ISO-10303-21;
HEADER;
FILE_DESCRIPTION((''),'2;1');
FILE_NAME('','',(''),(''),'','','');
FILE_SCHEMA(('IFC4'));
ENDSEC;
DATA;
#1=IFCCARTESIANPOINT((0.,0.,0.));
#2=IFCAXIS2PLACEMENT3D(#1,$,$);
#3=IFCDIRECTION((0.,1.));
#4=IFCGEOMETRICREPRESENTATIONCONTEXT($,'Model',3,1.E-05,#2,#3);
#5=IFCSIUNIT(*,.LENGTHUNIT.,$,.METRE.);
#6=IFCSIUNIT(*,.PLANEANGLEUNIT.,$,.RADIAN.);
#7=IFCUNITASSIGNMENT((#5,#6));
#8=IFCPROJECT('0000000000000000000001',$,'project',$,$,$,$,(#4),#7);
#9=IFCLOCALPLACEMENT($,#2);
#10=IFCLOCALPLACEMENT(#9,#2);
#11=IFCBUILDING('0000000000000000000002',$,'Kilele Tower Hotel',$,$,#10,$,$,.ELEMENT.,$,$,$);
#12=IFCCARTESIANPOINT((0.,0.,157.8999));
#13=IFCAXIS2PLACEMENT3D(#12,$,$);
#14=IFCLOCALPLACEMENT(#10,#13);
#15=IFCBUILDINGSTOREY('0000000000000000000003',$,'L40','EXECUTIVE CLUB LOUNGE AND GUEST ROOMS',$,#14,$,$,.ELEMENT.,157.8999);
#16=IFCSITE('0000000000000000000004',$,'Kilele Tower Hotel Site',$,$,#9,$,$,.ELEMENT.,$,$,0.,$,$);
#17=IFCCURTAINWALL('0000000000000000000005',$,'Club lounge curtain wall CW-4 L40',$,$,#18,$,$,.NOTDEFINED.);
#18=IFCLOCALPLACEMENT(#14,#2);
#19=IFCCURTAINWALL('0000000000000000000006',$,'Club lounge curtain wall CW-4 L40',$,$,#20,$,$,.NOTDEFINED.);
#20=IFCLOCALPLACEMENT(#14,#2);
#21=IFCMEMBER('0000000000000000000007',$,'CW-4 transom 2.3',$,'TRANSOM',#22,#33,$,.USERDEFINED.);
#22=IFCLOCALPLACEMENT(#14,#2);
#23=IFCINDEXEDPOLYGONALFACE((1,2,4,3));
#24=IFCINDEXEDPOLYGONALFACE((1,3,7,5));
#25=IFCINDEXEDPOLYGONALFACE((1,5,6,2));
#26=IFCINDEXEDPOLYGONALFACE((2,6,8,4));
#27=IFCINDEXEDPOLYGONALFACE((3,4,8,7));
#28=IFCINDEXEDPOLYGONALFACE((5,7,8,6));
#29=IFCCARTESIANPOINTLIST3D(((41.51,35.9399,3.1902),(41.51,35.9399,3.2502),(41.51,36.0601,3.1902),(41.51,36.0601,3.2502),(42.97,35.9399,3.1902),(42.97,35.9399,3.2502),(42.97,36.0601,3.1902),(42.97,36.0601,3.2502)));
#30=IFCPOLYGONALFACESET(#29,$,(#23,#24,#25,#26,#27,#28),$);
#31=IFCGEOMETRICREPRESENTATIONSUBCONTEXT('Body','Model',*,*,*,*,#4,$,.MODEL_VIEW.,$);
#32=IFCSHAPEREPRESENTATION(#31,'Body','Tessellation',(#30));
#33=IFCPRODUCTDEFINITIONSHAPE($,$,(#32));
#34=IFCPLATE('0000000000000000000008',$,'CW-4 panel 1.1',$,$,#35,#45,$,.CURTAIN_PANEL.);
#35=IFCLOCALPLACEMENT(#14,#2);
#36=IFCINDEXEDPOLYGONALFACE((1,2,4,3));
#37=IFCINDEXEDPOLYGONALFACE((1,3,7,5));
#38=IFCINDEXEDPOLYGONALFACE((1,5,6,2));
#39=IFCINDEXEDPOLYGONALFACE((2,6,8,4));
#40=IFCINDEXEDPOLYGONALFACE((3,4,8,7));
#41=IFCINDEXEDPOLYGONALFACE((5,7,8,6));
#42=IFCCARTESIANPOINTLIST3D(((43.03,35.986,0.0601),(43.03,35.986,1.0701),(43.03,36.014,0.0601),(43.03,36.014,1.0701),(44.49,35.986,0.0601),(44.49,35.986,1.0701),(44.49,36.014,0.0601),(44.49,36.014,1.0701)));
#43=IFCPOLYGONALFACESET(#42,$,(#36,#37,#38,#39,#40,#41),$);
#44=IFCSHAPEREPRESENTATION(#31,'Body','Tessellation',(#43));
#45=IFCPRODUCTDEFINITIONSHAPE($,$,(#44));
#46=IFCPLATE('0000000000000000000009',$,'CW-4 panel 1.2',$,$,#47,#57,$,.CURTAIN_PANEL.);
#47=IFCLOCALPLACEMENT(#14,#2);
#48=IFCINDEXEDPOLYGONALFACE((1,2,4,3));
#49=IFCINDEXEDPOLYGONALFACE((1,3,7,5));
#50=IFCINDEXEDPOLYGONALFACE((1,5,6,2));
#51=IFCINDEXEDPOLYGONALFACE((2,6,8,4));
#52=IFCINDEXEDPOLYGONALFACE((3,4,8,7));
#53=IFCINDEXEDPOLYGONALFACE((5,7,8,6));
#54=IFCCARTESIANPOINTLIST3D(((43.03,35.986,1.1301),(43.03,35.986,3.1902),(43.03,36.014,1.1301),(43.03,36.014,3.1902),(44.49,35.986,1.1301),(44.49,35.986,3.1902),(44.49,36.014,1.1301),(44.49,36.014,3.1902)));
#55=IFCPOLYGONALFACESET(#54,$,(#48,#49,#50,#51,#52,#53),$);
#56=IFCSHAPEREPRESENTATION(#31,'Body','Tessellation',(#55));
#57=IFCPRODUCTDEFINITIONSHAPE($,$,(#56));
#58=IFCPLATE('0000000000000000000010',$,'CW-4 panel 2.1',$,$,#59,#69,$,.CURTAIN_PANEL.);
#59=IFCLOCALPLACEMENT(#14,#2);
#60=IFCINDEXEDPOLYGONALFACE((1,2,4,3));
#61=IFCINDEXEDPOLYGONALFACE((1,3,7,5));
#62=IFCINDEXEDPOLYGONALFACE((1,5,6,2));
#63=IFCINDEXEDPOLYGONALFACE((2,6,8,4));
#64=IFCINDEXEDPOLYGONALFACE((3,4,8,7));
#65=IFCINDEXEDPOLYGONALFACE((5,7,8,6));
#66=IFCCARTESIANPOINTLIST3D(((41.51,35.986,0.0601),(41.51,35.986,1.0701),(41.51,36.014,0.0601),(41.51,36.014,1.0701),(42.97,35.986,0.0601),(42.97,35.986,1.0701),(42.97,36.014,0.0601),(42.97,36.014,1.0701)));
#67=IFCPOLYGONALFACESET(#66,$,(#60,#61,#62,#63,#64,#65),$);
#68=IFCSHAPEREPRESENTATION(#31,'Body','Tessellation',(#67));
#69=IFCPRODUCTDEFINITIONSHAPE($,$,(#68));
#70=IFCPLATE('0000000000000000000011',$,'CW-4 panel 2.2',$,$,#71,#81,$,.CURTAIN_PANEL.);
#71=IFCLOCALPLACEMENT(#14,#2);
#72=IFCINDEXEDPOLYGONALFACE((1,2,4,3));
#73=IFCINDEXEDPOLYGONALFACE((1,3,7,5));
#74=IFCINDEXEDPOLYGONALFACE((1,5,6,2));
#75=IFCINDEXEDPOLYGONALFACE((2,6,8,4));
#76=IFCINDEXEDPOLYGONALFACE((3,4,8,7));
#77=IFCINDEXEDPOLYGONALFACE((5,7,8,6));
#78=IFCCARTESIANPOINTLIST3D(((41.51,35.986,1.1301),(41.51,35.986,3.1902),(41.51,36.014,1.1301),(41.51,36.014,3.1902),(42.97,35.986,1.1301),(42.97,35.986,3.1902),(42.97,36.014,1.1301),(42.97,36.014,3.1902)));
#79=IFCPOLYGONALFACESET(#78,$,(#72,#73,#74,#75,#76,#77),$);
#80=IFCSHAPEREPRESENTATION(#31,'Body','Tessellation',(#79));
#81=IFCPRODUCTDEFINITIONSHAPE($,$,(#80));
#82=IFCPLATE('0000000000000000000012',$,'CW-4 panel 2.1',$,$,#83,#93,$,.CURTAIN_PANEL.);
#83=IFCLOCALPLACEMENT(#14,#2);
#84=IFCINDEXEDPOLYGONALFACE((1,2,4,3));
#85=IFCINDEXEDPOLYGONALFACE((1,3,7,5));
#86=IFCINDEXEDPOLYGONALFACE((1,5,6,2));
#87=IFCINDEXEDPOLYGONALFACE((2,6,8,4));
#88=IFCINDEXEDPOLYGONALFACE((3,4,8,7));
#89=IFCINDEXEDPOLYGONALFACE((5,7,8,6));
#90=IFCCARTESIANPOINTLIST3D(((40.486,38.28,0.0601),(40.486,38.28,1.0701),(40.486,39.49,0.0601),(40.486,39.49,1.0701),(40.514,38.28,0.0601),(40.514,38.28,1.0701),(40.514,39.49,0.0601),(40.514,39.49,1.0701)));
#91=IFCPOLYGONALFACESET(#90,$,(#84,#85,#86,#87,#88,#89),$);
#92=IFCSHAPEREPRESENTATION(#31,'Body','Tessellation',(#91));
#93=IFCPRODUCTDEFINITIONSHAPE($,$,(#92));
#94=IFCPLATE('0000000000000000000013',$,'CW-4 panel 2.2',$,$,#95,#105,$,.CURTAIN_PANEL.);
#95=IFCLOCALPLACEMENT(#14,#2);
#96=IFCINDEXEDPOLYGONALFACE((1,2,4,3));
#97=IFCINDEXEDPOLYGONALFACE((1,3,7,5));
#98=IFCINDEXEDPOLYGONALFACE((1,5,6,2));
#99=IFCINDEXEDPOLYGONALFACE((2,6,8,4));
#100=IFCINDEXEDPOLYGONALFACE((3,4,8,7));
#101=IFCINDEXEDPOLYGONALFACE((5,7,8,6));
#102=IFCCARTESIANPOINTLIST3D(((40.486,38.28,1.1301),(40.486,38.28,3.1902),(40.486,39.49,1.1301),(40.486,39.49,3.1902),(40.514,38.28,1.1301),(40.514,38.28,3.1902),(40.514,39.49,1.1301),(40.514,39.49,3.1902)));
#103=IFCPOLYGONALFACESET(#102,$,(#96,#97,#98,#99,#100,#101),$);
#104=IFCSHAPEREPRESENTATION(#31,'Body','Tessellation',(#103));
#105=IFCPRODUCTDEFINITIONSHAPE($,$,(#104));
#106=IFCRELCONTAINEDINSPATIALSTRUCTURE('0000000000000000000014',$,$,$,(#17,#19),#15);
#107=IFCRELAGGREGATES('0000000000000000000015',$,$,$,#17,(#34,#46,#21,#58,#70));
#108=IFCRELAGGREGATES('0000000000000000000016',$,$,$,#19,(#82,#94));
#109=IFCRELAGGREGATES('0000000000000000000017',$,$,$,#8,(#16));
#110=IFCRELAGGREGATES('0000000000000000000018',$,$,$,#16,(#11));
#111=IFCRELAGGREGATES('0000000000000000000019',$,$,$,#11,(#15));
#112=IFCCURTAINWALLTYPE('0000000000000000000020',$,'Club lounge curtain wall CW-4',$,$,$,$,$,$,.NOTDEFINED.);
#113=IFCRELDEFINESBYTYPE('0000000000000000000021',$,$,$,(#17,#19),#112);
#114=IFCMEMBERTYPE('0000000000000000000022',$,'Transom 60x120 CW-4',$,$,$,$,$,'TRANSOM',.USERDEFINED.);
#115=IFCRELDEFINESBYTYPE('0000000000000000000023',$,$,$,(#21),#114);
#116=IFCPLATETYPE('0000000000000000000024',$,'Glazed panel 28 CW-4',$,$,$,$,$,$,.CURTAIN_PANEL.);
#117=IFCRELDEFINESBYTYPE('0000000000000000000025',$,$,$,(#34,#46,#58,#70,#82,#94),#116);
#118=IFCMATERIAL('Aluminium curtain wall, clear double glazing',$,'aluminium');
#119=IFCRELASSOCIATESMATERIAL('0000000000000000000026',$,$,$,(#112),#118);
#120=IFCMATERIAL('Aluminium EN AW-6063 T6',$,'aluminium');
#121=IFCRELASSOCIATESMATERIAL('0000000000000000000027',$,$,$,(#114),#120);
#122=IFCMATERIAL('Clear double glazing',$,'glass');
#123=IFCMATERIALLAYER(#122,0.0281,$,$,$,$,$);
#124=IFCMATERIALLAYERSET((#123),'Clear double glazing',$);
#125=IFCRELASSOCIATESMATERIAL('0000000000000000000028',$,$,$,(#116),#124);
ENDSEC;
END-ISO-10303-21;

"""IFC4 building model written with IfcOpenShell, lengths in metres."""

from ifc_helpers import new_model, si_unit, direction, frame, origin, origin_2d, place, context, subcontext, project, spatial, rectangle, extrude, material, layer, layer_set, material_profile, profile_set, type_object, element, aggregate, save


model = new_model("IFC4")

# Units and contexts
model_context = context("Model", 3, precision=1e-05, world=origin(), true_north=direction((0.0, 1.0)))
body_context = subcontext(model_context, "Body", "Model", "MODEL_VIEW")
ifc_project = project(units=[si_unit("LENGTHUNIT", "METRE"), si_unit("PLANEANGLEUNIT", "RADIAN")], contexts=[model_context])

# Site, building, storey
site_placement = place(None, origin())
site = spatial("IfcSite", under=ifc_project, at=site_placement, Name="Kilele Tower Hotel Site", CompositionType="ELEMENT", RefElevation=0.0)
building_placement = place(site_placement, origin())
building = spatial("IfcBuilding", under=site, at=building_placement, Name="Kilele Tower Hotel", CompositionType="ELEMENT")
storey_placement = place(building_placement, frame((0.0, 0.0, 157.8999)))
storey = spatial("IfcBuildingStorey", under=building, at=storey_placement, Name="L40", Description="EXECUTIVE CLUB LOUNGE AND GUEST ROOMS", CompositionType="ELEMENT", Elevation=157.8999)

# Shared definitions
ifc_material_1 = material(Name="Aluminium curtain wall, clear double glazing", Category="aluminium")
curtain_wall_type = type_object("IfcCurtainWallType", Name="Club lounge curtain wall CW-4", PredefinedType="NOTDEFINED", material=ifc_material_1)

# Curtain wall
curtain_wall_1_placement = place(storey_placement, origin())
curtain_wall_1 = element("IfcCurtainWall", 1, at=curtain_wall_1_placement, inside=storey, type_object=curtain_wall_type, Name="Club lounge curtain wall CW-4 L40", PredefinedType="NOTDEFINED")

# Curtain wall
curtain_wall_2_placement = place(storey_placement, origin())
curtain_wall_2 = element("IfcCurtainWall", 2, at=curtain_wall_2_placement, inside=storey, type_object=curtain_wall_type, Name="Club lounge curtain wall CW-4 L40", PredefinedType="NOTDEFINED")

# Member
ifc_material_2 = material(Name="Aluminium EN AW-6063 T6", Category="aluminium")
ifc_material_profile_1 = material_profile(ifc_material_2, rectangle(XDim=0.1201, YDim=0.0601, at=origin_2d()))
ifc_profile_set_1 = profile_set([ifc_material_profile_1], Name="Aluminium EN AW-6063 T6")
member_type_1 = type_object("IfcMemberType", Name="Transom 60x120 CW-4", ElementType="TRANSOM", PredefinedType="USERDEFINED", material=ifc_profile_set_1)
member_1_placement = place(storey_placement, frame((42.97, 36.0, 3.2202), z_axis=(-1.0, 0.0, 0.0), x_axis=(0.0, -1.0, 0.0)))
member_1 = element("IfcMember", 3, at=member_1_placement, type_object=member_type_1, Name="CW-4 transom 2.3", ObjectType="TRANSOM", PredefinedType="USERDEFINED", context=body_context, shape_type="SweptSolid", body=[
    extrude(rectangle(XDim=0.1201, YDim=0.0601, at=origin_2d()), origin(), (0.0, 0.0, 1.0), 1.46),
])

# Plates
ifc_material_3 = material(Name="Clear double glazing", Category="glass")
ifc_layer = layer(ifc_material_3, 0.0281)
ifc_layer_set = layer_set([ifc_layer], Name="Clear double glazing")
plate_type = type_object("IfcPlateType", Name="Glazed panel 28 CW-4", PredefinedType="CURTAIN_PANEL", material=ifc_layer_set)
plate_1_placement = place(storey_placement, frame((43.76, 36.0, 0.0601), z_axis=(0.0, 0.0, 1.0), x_axis=(-1.0, 0.0, 0.0)))
plate_1 = element("IfcPlate", 4, at=plate_1_placement, type_object=plate_type, Name="CW-4 panel 1.1", PredefinedType="CURTAIN_PANEL", context=body_context, shape_type="SweptSolid", body=[
    extrude(rectangle(XDim=1.46, YDim=0.0281, at=origin_2d()), origin(), (0.0, 0.0, 1.0), 1.01),
])
plate_2_placement = place(storey_placement, frame((43.76, 36.0, 1.1301), z_axis=(0.0, 0.0, 1.0), x_axis=(-1.0, 0.0, 0.0)))
plate_2 = element("IfcPlate", 5, at=plate_2_placement, type_object=plate_type, Name="CW-4 panel 1.2", PredefinedType="CURTAIN_PANEL", context=body_context, shape_type="SweptSolid", body=[
    extrude(rectangle(XDim=1.46, YDim=0.0281, at=origin_2d()), origin(), (0.0, 0.0, 1.0), 2.0601),
])
plate_3_placement = place(storey_placement, frame((42.24, 36.0, 0.0601), z_axis=(0.0, 0.0, 1.0), x_axis=(-1.0, 0.0, 0.0)))
plate_3 = element("IfcPlate", 6, at=plate_3_placement, type_object=plate_type, Name="CW-4 panel 2.1", PredefinedType="CURTAIN_PANEL", context=body_context, shape_type="SweptSolid", body=[
    extrude(rectangle(XDim=1.46, YDim=0.0281, at=origin_2d()), origin(), (0.0, 0.0, 1.0), 1.01),
])
plate_4_placement = place(storey_placement, frame((42.24, 36.0, 1.1301), z_axis=(0.0, 0.0, 1.0), x_axis=(-1.0, 0.0, 0.0)))
plate_4 = element("IfcPlate", 7, at=plate_4_placement, type_object=plate_type, Name="CW-4 panel 2.2", PredefinedType="CURTAIN_PANEL", context=body_context, shape_type="SweptSolid", body=[
    extrude(rectangle(XDim=1.46, YDim=0.0281, at=origin_2d()), origin(), (0.0, 0.0, 1.0), 2.0601),
])
aggregate(curtain_wall_1, [plate_1, plate_2, member_1, plate_3, plate_4])
plate_5_placement = place(storey_placement, frame((40.5, 38.885, 0.0601), z_axis=(0.0, 0.0, 1.0), x_axis=(0.0, 1.0, 0.0)))
plate_5 = element("IfcPlate", 8, at=plate_5_placement, type_object=plate_type, Name="CW-4 panel 2.1", PredefinedType="CURTAIN_PANEL", context=body_context, shape_type="SweptSolid", body=[
    extrude(rectangle(XDim=1.21, YDim=0.0281, at=origin_2d()), origin(), (0.0, 0.0, 1.0), 1.01),
])
plate_6_placement = place(storey_placement, frame((40.5, 38.885, 1.1301), z_axis=(0.0, 0.0, 1.0), x_axis=(0.0, 1.0, 0.0)))
plate_6 = element("IfcPlate", 9, at=plate_6_placement, type_object=plate_type, Name="CW-4 panel 2.2", PredefinedType="CURTAIN_PANEL", context=body_context, shape_type="SweptSolid", body=[
    extrude(rectangle(XDim=1.21, YDim=0.0281, at=origin_2d()), origin(), (0.0, 0.0, 1.0), 2.0601),
])
aggregate(curtain_wall_2, [plate_5, plate_6])

save(model, "model.ifc")
